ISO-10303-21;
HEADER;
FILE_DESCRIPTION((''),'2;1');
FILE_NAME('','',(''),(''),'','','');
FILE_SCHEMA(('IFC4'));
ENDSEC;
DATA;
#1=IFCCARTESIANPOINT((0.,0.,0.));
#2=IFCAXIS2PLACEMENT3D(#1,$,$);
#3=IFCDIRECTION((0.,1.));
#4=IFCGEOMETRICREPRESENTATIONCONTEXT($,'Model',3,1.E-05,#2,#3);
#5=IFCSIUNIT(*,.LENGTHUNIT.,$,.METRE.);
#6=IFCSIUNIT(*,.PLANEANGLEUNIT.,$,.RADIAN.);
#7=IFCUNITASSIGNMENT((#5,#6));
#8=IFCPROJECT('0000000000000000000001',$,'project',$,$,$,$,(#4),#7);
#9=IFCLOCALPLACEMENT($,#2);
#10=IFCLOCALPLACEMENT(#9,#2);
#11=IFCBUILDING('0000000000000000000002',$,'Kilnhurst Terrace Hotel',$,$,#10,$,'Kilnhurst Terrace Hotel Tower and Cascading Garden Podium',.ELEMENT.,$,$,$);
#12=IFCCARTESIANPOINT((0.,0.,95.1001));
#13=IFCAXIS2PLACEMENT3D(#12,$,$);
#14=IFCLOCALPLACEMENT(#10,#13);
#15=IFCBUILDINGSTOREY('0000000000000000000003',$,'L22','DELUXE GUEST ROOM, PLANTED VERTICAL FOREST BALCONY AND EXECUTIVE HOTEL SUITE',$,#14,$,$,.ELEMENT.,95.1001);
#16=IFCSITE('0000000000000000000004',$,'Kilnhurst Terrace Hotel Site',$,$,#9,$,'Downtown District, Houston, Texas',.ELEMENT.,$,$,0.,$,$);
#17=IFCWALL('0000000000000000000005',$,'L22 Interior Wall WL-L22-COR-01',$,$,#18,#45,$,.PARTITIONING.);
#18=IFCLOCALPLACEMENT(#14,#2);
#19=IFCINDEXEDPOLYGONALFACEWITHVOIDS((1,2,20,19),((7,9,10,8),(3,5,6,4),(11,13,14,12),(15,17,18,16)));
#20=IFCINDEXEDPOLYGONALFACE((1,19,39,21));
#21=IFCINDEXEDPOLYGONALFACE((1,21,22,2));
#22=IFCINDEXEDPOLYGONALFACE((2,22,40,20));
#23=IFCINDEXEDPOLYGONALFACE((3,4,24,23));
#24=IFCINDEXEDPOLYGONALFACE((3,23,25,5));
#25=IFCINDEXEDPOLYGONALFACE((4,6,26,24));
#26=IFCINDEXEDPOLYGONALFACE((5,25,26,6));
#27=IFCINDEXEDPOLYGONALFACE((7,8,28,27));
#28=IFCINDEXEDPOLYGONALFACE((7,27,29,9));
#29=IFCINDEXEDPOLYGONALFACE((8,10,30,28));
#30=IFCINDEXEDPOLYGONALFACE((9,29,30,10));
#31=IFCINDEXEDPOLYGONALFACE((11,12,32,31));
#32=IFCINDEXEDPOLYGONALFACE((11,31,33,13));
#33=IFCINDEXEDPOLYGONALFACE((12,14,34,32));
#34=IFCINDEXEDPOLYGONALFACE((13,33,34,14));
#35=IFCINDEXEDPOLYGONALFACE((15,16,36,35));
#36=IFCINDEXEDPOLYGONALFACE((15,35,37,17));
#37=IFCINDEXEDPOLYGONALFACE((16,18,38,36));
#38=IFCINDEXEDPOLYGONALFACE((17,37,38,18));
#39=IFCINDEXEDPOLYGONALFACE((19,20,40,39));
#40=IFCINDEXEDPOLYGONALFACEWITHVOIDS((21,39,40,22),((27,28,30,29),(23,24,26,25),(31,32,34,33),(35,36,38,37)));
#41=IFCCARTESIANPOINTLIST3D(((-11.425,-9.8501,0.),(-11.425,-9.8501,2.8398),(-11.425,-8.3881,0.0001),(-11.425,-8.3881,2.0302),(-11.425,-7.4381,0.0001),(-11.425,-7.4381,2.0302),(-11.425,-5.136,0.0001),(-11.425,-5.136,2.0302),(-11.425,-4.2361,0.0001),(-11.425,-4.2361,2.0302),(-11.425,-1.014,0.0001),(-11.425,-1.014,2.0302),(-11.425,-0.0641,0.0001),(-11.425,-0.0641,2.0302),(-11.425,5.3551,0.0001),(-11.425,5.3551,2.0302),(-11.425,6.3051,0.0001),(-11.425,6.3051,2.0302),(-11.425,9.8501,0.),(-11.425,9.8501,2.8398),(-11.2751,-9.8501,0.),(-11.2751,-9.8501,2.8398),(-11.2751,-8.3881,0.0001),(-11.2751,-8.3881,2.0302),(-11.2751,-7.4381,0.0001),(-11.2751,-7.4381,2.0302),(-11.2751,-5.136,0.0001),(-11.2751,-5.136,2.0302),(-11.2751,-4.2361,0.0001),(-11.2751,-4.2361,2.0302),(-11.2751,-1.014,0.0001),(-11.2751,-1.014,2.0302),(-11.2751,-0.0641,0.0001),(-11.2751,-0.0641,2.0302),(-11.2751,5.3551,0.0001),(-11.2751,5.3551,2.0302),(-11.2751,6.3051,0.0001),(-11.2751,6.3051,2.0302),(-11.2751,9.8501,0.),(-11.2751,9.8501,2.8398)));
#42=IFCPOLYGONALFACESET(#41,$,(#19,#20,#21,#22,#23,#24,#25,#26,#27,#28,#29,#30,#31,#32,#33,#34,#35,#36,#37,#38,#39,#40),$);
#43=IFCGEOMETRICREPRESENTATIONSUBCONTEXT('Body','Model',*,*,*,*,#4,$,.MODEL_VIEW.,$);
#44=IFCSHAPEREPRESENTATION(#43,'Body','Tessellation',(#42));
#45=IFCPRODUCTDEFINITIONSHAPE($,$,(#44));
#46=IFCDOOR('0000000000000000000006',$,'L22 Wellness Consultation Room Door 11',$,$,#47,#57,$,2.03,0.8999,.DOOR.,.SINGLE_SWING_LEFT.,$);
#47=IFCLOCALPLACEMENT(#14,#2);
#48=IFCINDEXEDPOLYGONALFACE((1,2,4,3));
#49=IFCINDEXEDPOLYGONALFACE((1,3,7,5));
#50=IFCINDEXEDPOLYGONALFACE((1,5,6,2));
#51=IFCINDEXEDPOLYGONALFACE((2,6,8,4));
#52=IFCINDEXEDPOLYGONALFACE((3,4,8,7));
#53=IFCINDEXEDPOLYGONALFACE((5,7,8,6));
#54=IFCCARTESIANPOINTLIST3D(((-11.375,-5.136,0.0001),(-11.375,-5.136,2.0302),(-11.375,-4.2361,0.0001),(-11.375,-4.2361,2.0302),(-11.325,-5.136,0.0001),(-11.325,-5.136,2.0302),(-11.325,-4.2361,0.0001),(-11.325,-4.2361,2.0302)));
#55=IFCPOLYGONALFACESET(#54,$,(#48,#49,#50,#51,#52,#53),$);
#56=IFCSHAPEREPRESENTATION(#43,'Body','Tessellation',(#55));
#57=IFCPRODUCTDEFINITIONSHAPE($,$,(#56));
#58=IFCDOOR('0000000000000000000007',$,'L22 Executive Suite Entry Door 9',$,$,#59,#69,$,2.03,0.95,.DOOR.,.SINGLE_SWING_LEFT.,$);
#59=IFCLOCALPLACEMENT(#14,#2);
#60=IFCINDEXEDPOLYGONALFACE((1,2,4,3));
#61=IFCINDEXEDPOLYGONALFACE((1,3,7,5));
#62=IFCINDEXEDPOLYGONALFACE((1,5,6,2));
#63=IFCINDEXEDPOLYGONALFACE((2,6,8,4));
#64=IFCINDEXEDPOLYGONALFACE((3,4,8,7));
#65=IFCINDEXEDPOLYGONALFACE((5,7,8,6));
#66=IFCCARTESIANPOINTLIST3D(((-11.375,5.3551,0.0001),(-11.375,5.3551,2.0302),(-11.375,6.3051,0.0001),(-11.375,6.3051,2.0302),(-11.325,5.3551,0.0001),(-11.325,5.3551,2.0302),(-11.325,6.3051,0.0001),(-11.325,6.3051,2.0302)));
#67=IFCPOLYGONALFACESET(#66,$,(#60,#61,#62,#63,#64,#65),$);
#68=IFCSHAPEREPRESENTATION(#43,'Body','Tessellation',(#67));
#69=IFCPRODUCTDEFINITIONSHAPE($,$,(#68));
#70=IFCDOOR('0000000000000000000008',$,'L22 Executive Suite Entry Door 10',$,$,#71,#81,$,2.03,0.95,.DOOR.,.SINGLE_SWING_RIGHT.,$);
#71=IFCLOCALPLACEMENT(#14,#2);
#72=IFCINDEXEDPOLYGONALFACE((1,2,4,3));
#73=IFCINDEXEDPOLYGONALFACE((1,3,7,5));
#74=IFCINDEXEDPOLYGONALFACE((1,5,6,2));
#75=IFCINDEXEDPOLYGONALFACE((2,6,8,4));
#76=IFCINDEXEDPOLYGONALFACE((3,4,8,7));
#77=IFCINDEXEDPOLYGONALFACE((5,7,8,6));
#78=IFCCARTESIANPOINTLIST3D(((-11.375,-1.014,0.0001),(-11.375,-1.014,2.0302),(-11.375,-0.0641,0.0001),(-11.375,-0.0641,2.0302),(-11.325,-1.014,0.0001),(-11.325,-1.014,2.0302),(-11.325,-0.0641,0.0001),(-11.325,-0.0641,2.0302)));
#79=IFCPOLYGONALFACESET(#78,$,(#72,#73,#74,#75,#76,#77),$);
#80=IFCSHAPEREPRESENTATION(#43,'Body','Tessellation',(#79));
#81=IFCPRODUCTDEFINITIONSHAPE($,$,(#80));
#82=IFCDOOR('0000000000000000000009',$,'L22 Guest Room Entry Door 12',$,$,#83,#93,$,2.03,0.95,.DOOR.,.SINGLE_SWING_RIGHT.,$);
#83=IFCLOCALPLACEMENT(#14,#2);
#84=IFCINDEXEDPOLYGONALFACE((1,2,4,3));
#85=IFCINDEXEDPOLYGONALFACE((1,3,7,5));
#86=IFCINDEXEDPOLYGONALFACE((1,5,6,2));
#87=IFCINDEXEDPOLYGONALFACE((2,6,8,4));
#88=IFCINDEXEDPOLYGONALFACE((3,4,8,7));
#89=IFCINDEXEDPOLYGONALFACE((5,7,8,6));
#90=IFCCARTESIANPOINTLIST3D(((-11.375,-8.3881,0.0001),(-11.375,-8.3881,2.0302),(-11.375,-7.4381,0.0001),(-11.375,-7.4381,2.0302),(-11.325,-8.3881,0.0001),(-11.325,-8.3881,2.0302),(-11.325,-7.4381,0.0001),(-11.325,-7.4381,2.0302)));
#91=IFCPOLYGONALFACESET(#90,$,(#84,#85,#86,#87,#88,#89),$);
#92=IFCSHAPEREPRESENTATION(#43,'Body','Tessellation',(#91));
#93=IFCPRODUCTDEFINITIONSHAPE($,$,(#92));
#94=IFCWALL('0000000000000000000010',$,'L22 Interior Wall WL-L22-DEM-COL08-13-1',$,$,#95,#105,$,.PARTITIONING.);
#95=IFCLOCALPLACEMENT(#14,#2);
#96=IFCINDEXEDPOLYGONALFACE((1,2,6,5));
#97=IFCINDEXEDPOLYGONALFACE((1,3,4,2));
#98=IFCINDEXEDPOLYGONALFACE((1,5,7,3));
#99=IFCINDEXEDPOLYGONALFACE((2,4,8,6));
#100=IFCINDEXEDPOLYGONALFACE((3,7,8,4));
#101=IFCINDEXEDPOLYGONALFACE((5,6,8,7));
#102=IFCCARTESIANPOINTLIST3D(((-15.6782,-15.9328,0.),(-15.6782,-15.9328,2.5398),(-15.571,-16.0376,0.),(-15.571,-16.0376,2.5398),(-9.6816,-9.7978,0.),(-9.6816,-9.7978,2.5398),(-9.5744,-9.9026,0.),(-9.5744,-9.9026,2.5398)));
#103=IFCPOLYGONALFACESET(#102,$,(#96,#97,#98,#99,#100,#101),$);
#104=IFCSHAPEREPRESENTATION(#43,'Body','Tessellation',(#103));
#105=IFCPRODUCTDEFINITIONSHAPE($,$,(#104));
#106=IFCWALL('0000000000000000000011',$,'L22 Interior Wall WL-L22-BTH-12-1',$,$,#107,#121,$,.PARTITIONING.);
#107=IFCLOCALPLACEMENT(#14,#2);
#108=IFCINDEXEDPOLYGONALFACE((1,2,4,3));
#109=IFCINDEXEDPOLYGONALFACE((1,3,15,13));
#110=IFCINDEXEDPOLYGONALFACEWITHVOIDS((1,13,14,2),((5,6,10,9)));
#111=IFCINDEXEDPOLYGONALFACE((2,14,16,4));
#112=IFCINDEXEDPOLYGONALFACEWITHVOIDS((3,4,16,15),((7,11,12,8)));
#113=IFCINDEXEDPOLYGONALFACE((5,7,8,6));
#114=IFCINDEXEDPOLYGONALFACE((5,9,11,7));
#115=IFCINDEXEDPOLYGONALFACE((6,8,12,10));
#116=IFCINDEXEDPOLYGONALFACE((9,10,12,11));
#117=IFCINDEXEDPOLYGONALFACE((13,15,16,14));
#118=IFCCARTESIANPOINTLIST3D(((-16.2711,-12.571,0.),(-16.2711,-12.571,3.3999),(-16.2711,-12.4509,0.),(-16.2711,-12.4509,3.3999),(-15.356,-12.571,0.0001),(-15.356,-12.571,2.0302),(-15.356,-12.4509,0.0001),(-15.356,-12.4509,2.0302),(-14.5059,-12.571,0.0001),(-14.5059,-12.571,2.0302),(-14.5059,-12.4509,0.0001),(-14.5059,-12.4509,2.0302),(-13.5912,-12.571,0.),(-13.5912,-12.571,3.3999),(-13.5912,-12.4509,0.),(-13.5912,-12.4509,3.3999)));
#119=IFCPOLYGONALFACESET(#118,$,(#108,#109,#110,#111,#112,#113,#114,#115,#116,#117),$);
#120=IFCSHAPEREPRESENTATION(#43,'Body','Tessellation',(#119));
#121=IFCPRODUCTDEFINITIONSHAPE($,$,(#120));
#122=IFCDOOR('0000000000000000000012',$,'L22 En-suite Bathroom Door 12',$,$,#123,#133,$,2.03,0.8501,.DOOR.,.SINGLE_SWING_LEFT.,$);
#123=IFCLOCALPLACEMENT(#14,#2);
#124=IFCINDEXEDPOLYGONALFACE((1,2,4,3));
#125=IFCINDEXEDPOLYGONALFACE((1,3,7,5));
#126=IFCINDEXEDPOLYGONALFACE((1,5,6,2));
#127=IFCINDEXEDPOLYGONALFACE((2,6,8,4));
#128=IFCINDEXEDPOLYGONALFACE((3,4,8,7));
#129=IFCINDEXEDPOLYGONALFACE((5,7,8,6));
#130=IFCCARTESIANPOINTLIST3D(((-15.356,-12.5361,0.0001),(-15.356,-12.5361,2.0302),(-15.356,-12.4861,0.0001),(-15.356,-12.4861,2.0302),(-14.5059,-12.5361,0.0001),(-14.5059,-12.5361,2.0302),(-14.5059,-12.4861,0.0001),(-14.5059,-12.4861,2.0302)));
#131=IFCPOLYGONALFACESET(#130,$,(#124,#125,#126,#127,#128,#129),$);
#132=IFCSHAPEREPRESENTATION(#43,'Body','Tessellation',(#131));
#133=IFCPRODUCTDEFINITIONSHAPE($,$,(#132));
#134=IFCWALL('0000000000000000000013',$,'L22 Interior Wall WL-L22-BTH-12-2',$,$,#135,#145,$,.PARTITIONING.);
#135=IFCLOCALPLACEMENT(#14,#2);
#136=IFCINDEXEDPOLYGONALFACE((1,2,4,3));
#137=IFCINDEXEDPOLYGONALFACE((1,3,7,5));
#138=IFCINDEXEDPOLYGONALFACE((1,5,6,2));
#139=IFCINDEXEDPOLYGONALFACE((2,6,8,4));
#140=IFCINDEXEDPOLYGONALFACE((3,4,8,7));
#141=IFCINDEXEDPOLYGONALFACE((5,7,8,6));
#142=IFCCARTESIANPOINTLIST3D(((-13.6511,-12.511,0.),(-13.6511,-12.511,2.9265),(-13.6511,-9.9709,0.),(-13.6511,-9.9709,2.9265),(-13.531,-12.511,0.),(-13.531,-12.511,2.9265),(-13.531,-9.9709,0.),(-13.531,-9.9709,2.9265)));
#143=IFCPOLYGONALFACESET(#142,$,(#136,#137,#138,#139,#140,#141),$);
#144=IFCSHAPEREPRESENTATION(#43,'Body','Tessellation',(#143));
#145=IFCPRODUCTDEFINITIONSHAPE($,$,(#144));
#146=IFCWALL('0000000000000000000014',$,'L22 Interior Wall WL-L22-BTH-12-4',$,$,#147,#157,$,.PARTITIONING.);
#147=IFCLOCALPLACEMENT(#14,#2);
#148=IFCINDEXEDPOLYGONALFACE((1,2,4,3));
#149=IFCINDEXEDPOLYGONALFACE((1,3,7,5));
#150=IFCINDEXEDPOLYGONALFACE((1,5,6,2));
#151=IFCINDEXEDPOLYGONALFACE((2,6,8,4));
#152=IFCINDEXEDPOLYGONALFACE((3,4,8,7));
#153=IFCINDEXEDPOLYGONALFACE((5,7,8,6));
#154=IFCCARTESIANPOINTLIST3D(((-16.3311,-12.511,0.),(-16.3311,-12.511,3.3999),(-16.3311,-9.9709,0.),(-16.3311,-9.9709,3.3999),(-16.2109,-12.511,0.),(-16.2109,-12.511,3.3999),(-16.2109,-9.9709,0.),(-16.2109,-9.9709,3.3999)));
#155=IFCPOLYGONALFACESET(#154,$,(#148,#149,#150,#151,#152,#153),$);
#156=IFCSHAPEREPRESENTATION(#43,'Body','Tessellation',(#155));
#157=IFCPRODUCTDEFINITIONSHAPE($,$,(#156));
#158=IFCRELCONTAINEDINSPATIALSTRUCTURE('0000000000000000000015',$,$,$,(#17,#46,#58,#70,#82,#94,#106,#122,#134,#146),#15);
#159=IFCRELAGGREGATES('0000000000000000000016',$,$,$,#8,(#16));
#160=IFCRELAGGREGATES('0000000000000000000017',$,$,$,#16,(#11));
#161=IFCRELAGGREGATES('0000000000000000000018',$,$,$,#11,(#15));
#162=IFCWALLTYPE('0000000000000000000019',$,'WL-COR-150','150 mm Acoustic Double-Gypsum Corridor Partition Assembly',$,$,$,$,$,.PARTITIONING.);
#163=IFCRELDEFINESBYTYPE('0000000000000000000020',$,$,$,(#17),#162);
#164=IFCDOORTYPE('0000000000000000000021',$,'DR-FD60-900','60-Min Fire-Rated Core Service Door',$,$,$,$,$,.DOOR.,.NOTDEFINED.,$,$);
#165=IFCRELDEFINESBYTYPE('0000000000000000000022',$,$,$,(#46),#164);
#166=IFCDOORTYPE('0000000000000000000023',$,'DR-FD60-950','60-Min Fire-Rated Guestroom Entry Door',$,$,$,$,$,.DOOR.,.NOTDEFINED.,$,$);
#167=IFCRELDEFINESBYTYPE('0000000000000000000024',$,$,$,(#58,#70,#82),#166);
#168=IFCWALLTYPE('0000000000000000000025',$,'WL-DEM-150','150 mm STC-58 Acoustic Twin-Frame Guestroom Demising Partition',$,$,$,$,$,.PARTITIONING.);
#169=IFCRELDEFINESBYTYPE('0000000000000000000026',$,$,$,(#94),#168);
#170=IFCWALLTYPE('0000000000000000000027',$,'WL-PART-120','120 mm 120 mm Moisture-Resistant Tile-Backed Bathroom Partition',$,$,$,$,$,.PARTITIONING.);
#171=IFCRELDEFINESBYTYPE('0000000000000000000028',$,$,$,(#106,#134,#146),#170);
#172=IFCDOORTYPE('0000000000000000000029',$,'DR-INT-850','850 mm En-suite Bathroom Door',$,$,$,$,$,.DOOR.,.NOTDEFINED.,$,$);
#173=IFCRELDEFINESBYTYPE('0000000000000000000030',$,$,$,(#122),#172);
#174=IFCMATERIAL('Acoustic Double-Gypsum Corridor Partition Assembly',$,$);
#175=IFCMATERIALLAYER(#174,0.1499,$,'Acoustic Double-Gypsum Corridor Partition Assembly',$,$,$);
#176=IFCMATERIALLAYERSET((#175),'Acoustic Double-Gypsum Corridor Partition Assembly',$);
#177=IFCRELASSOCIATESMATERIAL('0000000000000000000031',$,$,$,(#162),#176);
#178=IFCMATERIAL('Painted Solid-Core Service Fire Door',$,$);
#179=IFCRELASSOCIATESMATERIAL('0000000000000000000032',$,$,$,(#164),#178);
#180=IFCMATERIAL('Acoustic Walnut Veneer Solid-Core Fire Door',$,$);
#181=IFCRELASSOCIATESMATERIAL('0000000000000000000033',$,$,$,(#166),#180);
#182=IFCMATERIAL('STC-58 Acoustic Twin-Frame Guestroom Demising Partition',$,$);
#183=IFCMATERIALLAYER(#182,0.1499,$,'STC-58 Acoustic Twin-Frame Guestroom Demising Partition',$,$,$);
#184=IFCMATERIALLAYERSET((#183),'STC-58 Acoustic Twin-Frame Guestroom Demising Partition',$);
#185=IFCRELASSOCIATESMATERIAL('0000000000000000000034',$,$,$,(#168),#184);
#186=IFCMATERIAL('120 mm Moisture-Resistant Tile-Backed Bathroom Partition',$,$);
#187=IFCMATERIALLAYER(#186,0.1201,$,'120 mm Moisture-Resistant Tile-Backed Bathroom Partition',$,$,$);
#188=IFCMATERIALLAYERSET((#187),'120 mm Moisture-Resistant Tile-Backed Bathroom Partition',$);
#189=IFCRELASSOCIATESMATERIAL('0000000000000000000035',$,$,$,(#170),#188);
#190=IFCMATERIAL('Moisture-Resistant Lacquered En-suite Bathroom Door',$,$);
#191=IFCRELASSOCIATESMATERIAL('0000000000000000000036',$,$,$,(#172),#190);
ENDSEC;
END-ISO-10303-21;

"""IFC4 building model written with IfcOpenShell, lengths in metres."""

from ifc_helpers import new_model, si_unit, direction, frame, frame_2d, origin, place, context, subcontext, project, spatial, rectangle, extrude, material, layer, layer_set, type_object, element, fill, save


model = new_model("IFC4")

# Units and contexts
model_context = context("Model", 3, precision=1e-05, world=origin(), true_north=direction((0.0, 1.0)))
body_context = subcontext(model_context, "Body", "Model", "MODEL_VIEW")
ifc_project = project(units=[si_unit("LENGTHUNIT", "METRE"), si_unit("PLANEANGLEUNIT", "RADIAN")], contexts=[model_context])

# Site, building, storey
site_placement = place(None, origin())
site = spatial("IfcSite", under=ifc_project, at=site_placement, Name="Kilnhurst Terrace Hotel Site", LongName="Downtown District, Houston, Texas", CompositionType="ELEMENT", RefElevation=0.0)
building_placement = place(site_placement, origin())
building = spatial("IfcBuilding", under=site, at=building_placement, Name="Kilnhurst Terrace Hotel", LongName="Kilnhurst Terrace Hotel Tower and Cascading Garden Podium", CompositionType="ELEMENT")
storey_placement = place(building_placement, frame((0.0, 0.0, 95.1001)))
storey = spatial("IfcBuildingStorey", under=building, at=storey_placement, Name="L22", Description="DELUXE GUEST ROOM, PLANTED VERTICAL FOREST BALCONY AND EXECUTIVE HOTEL SUITE", CompositionType="ELEMENT", Elevation=95.1001)

# Wall, openings, doors
ifc_material_1 = material(Name="Acoustic Double-Gypsum Corridor Partition Assembly")
ifc_layer_1 = layer(ifc_material_1, 0.1499, Name="Acoustic Double-Gypsum Corridor Partition Assembly")
ifc_layer_set_1 = layer_set([ifc_layer_1], Name="Acoustic Double-Gypsum Corridor Partition Assembly")
wall_type_1 = type_object("IfcWallType", Name="WL-COR-150", Description="150 mm Acoustic Double-Gypsum Corridor Partition Assembly", PredefinedType="PARTITIONING", material=ifc_layer_set_1)
wall_1_placement = place(storey_placement, frame((-11.3501, -9.8501, 0.0), z_axis=(0.0, 0.0, 1.0), x_axis=(0.0, 1.0, 0.0)))
wall_1 = element("IfcWall", 1, at=wall_1_placement, inside=storey, type_object=wall_type_1, Name="L22 Interior Wall WL-L22-COR-01", PredefinedType="PARTITIONING", context=body_context, shape_type="SweptSolid", body=[
    extrude(rectangle(XDim=19.7002, YDim=0.1499, at=frame_2d((9.8501, 0.0))), origin(), (0.0, 0.0, 1.0), 2.8398),
])
opening_1_placement = place(wall_1_placement, frame((15.2051, 0.0, 0.0)))
opening_1 = element("IfcOpeningElement", 2, at=opening_1_placement, cuts=wall_1, PredefinedType="OPENING", context=body_context, shape_type="SweptSolid", body=[
    extrude(rectangle(XDim=0.95, YDim=2.03, at=frame_2d((0.4751, 1.0151))), frame((0.0, 0.085, 0.0), z_axis=(0.0, -1.0, 0.0), x_axis=(1.0, 0.0, 0.0)), (0.0, 0.0, 1.0), 0.1699),
])
opening_2_placement = place(wall_1_placement, frame((8.8359, 0.0, 0.0)))
opening_2 = element("IfcOpeningElement", 3, at=opening_2_placement, cuts=wall_1, PredefinedType="OPENING", context=body_context, shape_type="SweptSolid", body=[
    extrude(rectangle(XDim=0.95, YDim=2.03, at=frame_2d((0.4751, 1.0151))), frame((0.0, 0.085, 0.0), z_axis=(0.0, -1.0, 0.0), x_axis=(1.0, 0.0, 0.0)), (0.0, 0.0, 1.0), 0.1699),
])
opening_3_placement = place(wall_1_placement, frame((4.7141, 0.0, 0.0)))
opening_3 = element("IfcOpeningElement", 4, at=opening_3_placement, cuts=wall_1, PredefinedType="OPENING", context=body_context, shape_type="SweptSolid", body=[
    extrude(rectangle(XDim=0.8999, YDim=2.03, at=frame_2d((0.45, 1.0151))), frame((0.0, 0.085, 0.0), z_axis=(0.0, -1.0, 0.0), x_axis=(1.0, 0.0, 0.0)), (0.0, 0.0, 1.0), 0.1699),
])
opening_4_placement = place(wall_1_placement, frame((1.4619, 0.0, 0.0)))
opening_4 = element("IfcOpeningElement", 5, at=opening_4_placement, cuts=wall_1, PredefinedType="OPENING", context=body_context, shape_type="SweptSolid", body=[
    extrude(rectangle(XDim=0.95, YDim=2.03, at=frame_2d((0.4751, 1.0151))), frame((0.0, 0.085, 0.0), z_axis=(0.0, -1.0, 0.0), x_axis=(1.0, 0.0, 0.0)), (0.0, 0.0, 1.0), 0.1699),
])
ifc_material_2 = material(Name="Painted Solid-Core Service Fire Door")
door_type_1 = type_object("IfcDoorType", Name="DR-FD60-900", Description="60-Min Fire-Rated Core Service Door", OperationType="NOTDEFINED", PredefinedType="DOOR", material=ifc_material_2)
door_1_placement = place(opening_3_placement, origin())
door_1 = element("IfcDoor", 6, at=door_1_placement, inside=storey, type_object=door_type_1, Name="L22 Wellness Consultation Room Door 11", OperationType="SINGLE_SWING_LEFT", OverallHeight=2.03, OverallWidth=0.8999, PredefinedType="DOOR", context=body_context, shape_type="SweptSolid", body=[
    extrude(rectangle(XDim=0.8999, YDim=2.03, at=frame_2d((0.45, 1.0151))), frame((0.0, 0.0249, 0.0), z_axis=(0.0, -1.0, 0.0), x_axis=(1.0, 0.0, 0.0)), (0.0, 0.0, 1.0), 0.05),
])
fill(opening_3, door_1)
ifc_material_3 = material(Name="Acoustic Walnut Veneer Solid-Core Fire Door")
door_type_2 = type_object("IfcDoorType", Name="DR-FD60-950", Description="60-Min Fire-Rated Guestroom Entry Door", OperationType="NOTDEFINED", PredefinedType="DOOR", material=ifc_material_3)
door_2_placement = place(opening_1_placement, origin())
door_2 = element("IfcDoor", 7, at=door_2_placement, inside=storey, type_object=door_type_2, Name="L22 Executive Suite Entry Door 9", OperationType="SINGLE_SWING_LEFT", OverallHeight=2.03, OverallWidth=0.95, PredefinedType="DOOR", context=body_context, shape_type="SweptSolid", body=[
    extrude(rectangle(XDim=0.95, YDim=2.03, at=frame_2d((0.4751, 1.0151))), frame((0.0, 0.0249, 0.0), z_axis=(0.0, -1.0, 0.0), x_axis=(1.0, 0.0, 0.0)), (0.0, 0.0, 1.0), 0.05),
])
fill(opening_1, door_2)
door_3_placement = place(opening_2_placement, origin())
door_3 = element("IfcDoor", 8, at=door_3_placement, inside=storey, type_object=door_type_2, Name="L22 Executive Suite Entry Door 10", OperationType="SINGLE_SWING_RIGHT", OverallHeight=2.03, OverallWidth=0.95, PredefinedType="DOOR", context=body_context, shape_type="SweptSolid", body=[
    extrude(rectangle(XDim=0.95, YDim=2.03, at=frame_2d((0.4751, 1.0151))), frame((0.0, 0.0249, 0.0), z_axis=(0.0, -1.0, 0.0), x_axis=(1.0, 0.0, 0.0)), (0.0, 0.0, 1.0), 0.05),
])
fill(opening_2, door_3)
door_4_placement = place(opening_4_placement, origin())
door_4 = element("IfcDoor", 9, at=door_4_placement, inside=storey, type_object=door_type_2, Name="L22 Guest Room Entry Door 12", OperationType="SINGLE_SWING_RIGHT", OverallHeight=2.03, OverallWidth=0.95, PredefinedType="DOOR", context=body_context, shape_type="SweptSolid", body=[
    extrude(rectangle(XDim=0.95, YDim=2.03, at=frame_2d((0.4751, 1.0151))), frame((0.0, 0.0249, 0.0), z_axis=(0.0, -1.0, 0.0), x_axis=(1.0, 0.0, 0.0)), (0.0, 0.0, 1.0), 0.05),
])
fill(opening_4, door_4)

# Wall
ifc_material_4 = material(Name="STC-58 Acoustic Twin-Frame Guestroom Demising Partition")
ifc_layer_2 = layer(ifc_material_4, 0.1499, Name="STC-58 Acoustic Twin-Frame Guestroom Demising Partition")
ifc_layer_set_2 = layer_set([ifc_layer_2], Name="STC-58 Acoustic Twin-Frame Guestroom Demising Partition")
wall_type_2 = type_object("IfcWallType", Name="WL-DEM-150", Description="150 mm STC-58 Acoustic Twin-Frame Guestroom Demising Partition", PredefinedType="PARTITIONING", material=ifc_layer_set_2)
wall_2_placement = place(storey_placement, frame((-9.6279, -9.8501, 0.0), z_axis=(0.0, 0.0, 1.0), x_axis=(-0.698993, -0.715129, 0.0)))
element("IfcWall", 10, at=wall_2_placement, inside=storey, type_object=wall_type_2, Name="L22 Interior Wall WL-L22-DEM-COL08-13-1", PredefinedType="PARTITIONING", context=body_context, shape_type="SweptSolid", body=[
    extrude(rectangle(XDim=8.5789, YDim=0.1499, at=frame_2d((4.2896, 0.0))), origin(), (0.0, 0.0, 1.0), 2.5398),
])

# Wall, opening, door
ifc_material_5 = material(Name="120 mm Moisture-Resistant Tile-Backed Bathroom Partition")
ifc_layer_3 = layer(ifc_material_5, 0.1201, Name="120 mm Moisture-Resistant Tile-Backed Bathroom Partition")
ifc_layer_set_3 = layer_set([ifc_layer_3], Name="120 mm Moisture-Resistant Tile-Backed Bathroom Partition")
wall_type_3 = type_object("IfcWallType", Name="WL-PART-120", Description="120 mm 120 mm Moisture-Resistant Tile-Backed Bathroom Partition", PredefinedType="PARTITIONING", material=ifc_layer_set_3)
wall_3_placement = place(storey_placement, frame((-16.271, -12.511, 0.0), z_axis=(0.0, 0.0, 1.0), x_axis=(1.0, 0.0, 0.0)))
wall_3 = element("IfcWall", 11, at=wall_3_placement, inside=storey, type_object=wall_type_3, Name="L22 Interior Wall WL-L22-BTH-12-1", PredefinedType="PARTITIONING", context=body_context, shape_type="SweptSolid", body=[
    extrude(rectangle(XDim=2.6799, YDim=0.1201, at=frame_2d((1.3398, 0.0))), origin(), (0.0, 0.0, 1.0), 3.3999),
])
opening_5_placement = place(wall_3_placement, frame((0.915, 0.0, 0.0)))
opening_5 = element("IfcOpeningElement", 12, at=opening_5_placement, cuts=wall_3, PredefinedType="OPENING", context=body_context, shape_type="SweptSolid", body=[
    extrude(rectangle(XDim=0.8501, YDim=2.03, at=frame_2d((0.425, 1.0151))), frame((0.0, 0.0701, 0.0), z_axis=(0.0, -1.0, 0.0), x_axis=(1.0, 0.0, 0.0)), (0.0, 0.0, 1.0), 0.1401),
])
ifc_material_6 = material(Name="Moisture-Resistant Lacquered En-suite Bathroom Door")
door_type_3 = type_object("IfcDoorType", Name="DR-INT-850", Description="850 mm En-suite Bathroom Door", OperationType="NOTDEFINED", PredefinedType="DOOR", material=ifc_material_6)
door_5_placement = place(opening_5_placement, origin())
door_5 = element("IfcDoor", 13, at=door_5_placement, inside=storey, type_object=door_type_3, Name="L22 En-suite Bathroom Door 12", OperationType="SINGLE_SWING_LEFT", OverallHeight=2.03, OverallWidth=0.8501, PredefinedType="DOOR", context=body_context, shape_type="SweptSolid", body=[
    extrude(rectangle(XDim=0.8501, YDim=2.03, at=frame_2d((0.425, 1.0151))), frame((0.0, 0.0249, 0.0), z_axis=(0.0, -1.0, 0.0), x_axis=(1.0, 0.0, 0.0)), (0.0, 0.0, 1.0), 0.05),
])
fill(opening_5, door_5)

# Walls
wall_4_placement = place(storey_placement, frame((-13.5911, -12.511, 0.0), z_axis=(0.0, 0.0, 1.0), x_axis=(0.0, 1.0, 0.0)))
element("IfcWall", 14, at=wall_4_placement, inside=storey, type_object=wall_type_3, Name="L22 Interior Wall WL-L22-BTH-12-2", PredefinedType="PARTITIONING", context=body_context, shape_type="SweptSolid", body=[
    extrude(rectangle(XDim=2.54, YDim=0.1201, at=frame_2d((1.27, 0.0))), origin(), (0.0, 0.0, 1.0), 2.9265),
])
wall_5_placement = place(storey_placement, frame((-16.271, -9.9709, 0.0), z_axis=(0.0, 0.0, 1.0), x_axis=(0.0, -1.0, 0.0)))
element("IfcWall", 15, at=wall_5_placement, inside=storey, type_object=wall_type_3, Name="L22 Interior Wall WL-L22-BTH-12-4", PredefinedType="PARTITIONING", context=body_context, shape_type="SweptSolid", body=[
    extrude(rectangle(XDim=2.54, YDim=0.1201, at=frame_2d((1.27, 0.0))), origin(), (0.0, 0.0, 1.0), 3.3999),
])

save(model, "model.ifc")
